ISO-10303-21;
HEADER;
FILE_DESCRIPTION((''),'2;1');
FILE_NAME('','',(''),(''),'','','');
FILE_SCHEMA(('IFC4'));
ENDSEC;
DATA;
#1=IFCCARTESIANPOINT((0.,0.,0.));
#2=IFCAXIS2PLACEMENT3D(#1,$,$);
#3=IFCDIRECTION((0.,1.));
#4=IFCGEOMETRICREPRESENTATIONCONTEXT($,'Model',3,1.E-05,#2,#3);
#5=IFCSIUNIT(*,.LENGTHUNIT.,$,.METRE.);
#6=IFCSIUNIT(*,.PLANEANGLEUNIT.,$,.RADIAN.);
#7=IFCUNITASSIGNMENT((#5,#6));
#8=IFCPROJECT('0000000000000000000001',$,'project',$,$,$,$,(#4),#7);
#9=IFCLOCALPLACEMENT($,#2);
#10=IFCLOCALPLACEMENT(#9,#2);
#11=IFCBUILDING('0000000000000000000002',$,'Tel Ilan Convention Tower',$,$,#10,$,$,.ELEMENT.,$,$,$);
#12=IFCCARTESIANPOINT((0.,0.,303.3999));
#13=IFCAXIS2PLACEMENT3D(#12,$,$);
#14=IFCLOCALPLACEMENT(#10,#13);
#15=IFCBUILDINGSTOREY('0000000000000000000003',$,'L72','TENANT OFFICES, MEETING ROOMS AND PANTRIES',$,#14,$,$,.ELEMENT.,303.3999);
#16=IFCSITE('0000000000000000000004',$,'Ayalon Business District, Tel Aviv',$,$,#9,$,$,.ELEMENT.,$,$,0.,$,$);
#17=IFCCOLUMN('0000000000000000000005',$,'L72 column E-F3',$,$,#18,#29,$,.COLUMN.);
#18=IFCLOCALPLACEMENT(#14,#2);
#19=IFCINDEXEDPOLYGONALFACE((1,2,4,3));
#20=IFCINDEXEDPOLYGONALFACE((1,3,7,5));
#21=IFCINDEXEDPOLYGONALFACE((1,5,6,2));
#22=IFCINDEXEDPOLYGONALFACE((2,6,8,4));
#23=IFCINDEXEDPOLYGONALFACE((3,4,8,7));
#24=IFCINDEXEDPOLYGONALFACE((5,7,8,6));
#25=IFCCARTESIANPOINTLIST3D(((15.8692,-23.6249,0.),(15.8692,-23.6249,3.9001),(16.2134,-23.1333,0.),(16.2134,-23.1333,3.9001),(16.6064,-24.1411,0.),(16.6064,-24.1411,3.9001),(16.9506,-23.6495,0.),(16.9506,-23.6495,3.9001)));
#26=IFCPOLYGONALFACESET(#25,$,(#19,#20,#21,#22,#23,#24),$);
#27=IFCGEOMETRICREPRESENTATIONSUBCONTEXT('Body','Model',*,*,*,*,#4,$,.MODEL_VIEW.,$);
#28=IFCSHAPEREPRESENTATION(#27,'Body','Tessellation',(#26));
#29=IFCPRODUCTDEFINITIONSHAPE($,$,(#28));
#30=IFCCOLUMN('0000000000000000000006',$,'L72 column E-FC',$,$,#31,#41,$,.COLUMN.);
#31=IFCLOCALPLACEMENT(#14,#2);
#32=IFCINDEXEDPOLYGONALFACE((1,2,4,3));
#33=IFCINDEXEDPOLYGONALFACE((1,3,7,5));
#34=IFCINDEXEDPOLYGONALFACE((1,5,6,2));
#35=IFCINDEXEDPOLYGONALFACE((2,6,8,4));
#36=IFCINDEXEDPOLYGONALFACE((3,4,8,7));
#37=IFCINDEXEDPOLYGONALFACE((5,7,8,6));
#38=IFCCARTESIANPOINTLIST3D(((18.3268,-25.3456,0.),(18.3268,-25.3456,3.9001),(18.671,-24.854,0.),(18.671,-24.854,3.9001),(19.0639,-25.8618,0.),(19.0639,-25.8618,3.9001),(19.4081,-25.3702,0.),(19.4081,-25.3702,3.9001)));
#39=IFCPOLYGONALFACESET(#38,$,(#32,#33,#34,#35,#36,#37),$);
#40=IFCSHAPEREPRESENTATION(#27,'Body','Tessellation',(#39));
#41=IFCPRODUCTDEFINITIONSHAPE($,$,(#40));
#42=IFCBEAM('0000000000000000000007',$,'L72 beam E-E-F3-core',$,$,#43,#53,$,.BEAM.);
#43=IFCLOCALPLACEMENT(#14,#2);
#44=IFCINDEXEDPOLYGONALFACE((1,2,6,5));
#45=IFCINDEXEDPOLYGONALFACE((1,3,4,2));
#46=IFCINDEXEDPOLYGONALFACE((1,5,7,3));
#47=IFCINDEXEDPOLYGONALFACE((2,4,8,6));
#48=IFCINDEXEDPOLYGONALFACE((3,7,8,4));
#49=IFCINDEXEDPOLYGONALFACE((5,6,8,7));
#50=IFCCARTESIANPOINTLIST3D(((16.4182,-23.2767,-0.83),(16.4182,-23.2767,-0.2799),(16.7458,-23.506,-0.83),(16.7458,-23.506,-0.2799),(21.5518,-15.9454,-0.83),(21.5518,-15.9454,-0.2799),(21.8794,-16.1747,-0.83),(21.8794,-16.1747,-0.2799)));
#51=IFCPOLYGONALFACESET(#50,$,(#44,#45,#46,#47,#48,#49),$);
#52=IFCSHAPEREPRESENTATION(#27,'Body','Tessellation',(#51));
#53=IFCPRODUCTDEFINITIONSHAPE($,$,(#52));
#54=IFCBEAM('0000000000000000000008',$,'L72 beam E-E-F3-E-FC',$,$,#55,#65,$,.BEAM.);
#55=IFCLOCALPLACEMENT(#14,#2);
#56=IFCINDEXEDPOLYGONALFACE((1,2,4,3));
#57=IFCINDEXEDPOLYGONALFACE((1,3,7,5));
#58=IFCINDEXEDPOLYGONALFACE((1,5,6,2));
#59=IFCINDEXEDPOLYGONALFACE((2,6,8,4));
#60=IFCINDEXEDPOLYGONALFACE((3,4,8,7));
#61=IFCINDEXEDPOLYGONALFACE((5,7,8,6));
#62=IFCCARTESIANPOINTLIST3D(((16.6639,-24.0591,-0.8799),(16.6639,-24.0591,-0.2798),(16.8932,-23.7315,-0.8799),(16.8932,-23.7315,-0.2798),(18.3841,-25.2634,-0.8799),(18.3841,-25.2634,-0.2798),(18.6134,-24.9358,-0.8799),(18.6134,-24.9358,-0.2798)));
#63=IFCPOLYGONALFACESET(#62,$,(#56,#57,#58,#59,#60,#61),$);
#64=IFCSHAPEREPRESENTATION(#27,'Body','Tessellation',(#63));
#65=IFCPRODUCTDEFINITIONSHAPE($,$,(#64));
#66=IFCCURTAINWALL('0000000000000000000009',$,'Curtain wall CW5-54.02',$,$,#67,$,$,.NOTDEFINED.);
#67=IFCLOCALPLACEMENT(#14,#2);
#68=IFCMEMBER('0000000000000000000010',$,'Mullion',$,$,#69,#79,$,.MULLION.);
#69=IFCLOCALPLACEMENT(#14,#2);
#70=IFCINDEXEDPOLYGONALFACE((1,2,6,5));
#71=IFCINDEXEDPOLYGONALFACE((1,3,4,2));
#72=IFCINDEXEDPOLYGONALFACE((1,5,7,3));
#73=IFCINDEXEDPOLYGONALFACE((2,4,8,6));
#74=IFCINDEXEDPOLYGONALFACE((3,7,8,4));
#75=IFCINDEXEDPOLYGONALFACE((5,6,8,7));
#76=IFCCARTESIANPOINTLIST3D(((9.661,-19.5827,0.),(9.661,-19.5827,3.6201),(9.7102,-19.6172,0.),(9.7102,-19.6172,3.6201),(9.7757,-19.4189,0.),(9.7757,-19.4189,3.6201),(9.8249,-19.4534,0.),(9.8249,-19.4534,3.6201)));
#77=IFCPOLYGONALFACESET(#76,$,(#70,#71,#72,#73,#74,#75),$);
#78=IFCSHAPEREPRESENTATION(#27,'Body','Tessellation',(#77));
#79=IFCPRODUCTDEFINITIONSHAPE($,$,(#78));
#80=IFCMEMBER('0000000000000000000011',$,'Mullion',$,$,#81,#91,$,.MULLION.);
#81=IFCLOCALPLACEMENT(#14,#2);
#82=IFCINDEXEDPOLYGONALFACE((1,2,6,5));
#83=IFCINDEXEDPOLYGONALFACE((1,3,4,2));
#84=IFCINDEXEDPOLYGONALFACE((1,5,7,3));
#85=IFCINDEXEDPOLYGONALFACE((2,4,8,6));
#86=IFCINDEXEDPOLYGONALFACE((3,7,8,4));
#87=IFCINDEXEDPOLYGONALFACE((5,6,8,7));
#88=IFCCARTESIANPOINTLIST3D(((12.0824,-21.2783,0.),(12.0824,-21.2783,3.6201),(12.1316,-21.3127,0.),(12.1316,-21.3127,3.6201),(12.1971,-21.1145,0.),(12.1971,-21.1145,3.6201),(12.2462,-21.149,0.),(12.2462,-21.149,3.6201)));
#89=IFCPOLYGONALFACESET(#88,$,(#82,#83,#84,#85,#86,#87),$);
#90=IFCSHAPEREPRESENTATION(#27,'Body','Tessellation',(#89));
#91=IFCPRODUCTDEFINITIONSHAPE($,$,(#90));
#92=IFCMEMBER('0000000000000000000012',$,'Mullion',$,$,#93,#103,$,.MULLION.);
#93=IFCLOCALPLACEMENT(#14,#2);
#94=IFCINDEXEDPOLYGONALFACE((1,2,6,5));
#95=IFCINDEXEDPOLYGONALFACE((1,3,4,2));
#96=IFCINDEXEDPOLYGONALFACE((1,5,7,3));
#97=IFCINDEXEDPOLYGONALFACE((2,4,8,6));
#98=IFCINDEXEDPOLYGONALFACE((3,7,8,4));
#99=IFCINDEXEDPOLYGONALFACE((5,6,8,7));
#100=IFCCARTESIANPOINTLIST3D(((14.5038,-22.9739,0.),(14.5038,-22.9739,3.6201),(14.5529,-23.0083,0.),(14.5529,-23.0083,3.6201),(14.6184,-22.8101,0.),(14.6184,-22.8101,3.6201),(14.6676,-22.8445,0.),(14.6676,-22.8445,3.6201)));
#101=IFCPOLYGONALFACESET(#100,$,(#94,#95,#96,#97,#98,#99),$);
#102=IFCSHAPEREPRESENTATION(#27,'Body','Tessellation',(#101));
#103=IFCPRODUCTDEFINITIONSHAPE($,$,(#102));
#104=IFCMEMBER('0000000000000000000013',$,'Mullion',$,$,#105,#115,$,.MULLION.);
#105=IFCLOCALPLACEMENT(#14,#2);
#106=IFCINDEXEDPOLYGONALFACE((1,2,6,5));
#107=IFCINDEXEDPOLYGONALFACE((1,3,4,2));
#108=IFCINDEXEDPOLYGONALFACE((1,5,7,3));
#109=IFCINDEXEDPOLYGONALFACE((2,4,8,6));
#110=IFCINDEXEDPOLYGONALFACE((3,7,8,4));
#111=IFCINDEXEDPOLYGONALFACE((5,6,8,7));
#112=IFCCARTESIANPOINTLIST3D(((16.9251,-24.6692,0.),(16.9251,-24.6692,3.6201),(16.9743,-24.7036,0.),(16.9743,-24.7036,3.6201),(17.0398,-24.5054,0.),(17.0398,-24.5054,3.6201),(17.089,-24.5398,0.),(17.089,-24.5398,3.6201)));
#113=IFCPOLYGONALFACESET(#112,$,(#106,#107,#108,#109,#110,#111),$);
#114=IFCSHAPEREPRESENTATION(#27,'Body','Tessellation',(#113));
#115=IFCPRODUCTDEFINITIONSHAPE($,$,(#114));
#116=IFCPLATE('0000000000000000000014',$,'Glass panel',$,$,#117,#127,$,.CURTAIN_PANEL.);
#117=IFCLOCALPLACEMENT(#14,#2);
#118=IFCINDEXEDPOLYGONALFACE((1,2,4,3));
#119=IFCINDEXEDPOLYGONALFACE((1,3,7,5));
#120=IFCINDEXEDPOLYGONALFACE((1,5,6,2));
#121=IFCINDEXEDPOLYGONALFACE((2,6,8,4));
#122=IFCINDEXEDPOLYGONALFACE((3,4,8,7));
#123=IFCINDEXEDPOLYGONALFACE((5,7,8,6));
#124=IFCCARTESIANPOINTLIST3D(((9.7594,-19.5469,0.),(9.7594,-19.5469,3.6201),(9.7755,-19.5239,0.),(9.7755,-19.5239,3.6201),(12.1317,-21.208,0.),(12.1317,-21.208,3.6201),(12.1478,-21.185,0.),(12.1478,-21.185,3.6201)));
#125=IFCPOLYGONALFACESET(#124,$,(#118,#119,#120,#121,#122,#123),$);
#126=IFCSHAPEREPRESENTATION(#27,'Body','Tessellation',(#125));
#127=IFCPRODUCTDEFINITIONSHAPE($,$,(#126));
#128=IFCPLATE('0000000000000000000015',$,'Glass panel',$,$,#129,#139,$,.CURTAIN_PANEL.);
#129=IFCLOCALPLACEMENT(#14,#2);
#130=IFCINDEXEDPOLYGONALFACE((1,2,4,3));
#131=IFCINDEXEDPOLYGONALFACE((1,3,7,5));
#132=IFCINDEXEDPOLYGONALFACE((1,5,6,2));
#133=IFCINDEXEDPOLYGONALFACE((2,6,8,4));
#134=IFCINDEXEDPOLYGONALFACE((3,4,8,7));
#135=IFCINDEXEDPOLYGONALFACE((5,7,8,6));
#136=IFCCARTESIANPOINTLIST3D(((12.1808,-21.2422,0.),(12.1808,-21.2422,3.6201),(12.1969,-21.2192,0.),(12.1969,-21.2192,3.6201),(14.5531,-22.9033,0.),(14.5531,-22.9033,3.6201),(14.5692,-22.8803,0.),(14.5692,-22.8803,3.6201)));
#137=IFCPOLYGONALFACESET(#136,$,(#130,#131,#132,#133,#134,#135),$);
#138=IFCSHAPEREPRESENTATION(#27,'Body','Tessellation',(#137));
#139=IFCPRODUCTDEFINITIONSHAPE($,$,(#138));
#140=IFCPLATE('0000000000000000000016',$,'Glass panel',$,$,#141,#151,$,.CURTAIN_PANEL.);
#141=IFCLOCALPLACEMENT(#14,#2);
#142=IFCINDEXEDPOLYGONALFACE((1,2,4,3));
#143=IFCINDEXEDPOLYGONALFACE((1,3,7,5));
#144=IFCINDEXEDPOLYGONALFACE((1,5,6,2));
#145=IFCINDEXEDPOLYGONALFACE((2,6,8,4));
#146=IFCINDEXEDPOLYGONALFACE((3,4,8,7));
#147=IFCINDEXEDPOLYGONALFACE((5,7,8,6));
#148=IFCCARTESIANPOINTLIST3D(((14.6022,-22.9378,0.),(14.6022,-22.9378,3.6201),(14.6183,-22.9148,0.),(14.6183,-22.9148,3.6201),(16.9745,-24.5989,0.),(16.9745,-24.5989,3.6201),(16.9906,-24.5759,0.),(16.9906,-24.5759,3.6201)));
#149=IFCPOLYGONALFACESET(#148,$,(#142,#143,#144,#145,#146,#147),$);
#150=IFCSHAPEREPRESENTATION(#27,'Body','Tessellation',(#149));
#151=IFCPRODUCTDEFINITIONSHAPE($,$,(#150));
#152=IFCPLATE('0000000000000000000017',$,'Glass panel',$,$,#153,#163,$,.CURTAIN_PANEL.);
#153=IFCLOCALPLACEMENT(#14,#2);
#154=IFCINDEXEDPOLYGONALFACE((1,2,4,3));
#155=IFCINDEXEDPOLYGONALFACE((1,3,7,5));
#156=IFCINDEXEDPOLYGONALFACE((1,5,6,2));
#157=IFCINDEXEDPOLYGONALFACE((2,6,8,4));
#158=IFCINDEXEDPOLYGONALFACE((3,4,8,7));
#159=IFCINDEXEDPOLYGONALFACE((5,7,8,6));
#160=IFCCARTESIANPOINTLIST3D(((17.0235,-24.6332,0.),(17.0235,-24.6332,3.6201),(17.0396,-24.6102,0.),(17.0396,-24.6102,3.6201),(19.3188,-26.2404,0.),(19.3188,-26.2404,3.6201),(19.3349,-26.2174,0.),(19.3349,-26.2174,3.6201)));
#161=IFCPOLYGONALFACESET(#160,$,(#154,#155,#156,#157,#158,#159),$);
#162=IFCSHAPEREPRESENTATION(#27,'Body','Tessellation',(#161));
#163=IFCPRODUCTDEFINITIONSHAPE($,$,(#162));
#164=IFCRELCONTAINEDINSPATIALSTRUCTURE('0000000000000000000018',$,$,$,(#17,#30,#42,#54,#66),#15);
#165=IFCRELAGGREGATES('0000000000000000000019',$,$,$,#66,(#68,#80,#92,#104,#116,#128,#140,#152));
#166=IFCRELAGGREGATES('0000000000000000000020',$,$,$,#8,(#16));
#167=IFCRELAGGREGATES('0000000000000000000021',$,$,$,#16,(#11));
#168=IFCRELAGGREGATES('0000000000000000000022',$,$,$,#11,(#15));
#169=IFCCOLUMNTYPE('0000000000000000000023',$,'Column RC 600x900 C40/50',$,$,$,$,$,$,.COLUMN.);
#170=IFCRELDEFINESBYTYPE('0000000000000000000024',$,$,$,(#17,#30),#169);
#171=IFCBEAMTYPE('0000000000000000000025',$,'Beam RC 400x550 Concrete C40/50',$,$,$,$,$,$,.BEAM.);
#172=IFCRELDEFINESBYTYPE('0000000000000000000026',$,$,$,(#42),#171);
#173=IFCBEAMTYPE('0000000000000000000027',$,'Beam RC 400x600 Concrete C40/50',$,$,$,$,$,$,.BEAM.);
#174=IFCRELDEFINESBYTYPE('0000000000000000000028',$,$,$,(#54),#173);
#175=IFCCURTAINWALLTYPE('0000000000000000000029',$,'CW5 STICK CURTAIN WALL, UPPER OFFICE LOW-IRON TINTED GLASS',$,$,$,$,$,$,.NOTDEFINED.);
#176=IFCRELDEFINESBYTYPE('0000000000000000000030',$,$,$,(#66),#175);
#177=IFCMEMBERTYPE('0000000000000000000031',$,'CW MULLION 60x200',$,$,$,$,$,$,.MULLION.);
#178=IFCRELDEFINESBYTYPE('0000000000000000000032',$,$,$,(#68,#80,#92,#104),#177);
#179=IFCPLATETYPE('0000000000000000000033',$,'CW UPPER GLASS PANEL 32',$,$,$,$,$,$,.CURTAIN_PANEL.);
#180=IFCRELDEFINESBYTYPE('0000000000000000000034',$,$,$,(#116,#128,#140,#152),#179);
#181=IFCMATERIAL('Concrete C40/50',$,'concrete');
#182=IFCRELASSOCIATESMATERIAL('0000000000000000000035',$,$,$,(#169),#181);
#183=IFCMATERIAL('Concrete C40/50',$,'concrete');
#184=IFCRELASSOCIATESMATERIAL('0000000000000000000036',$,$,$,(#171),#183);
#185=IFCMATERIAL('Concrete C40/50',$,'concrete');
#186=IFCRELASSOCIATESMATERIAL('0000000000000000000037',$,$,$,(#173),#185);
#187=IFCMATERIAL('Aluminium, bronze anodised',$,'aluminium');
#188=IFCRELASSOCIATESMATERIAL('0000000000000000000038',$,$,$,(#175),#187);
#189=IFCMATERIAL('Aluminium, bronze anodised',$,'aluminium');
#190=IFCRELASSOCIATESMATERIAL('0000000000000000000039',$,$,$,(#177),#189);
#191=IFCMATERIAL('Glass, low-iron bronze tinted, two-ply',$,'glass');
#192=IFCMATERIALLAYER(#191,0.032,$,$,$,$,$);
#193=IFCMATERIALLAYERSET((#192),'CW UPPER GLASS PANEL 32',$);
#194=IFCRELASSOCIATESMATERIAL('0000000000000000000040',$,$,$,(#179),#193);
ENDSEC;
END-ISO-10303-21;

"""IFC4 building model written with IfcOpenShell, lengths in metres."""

from ifc_helpers import new_model, si_unit, direction, frame, origin, origin_2d, place, context, subcontext, project, spatial, rectangle, extrude, material, layer, layer_set, material_profile, profile_set, type_object, element, aggregate, save


model = new_model("IFC4")

# Units and contexts
model_context = context("Model", 3, precision=1e-05, world=origin(), true_north=direction((0.0, 1.0)))
body_context = subcontext(model_context, "Body", "Model", "MODEL_VIEW")
ifc_project = project(units=[si_unit("LENGTHUNIT", "METRE"), si_unit("PLANEANGLEUNIT", "RADIAN")], contexts=[model_context])

# Site, building, storey
site_placement = place(None, origin())
site = spatial("IfcSite", under=ifc_project, at=site_placement, Name="Ayalon Business District, Tel Aviv", CompositionType="ELEMENT", RefElevation=0.0)
building_placement = place(site_placement, origin())
building = spatial("IfcBuilding", under=site, at=building_placement, Name="Tel Ilan Convention Tower", CompositionType="ELEMENT")
storey_placement = place(building_placement, frame((0.0, 0.0, 303.3999)))
storey = spatial("IfcBuildingStorey", under=building, at=storey_placement, Name="L72", Description="TENANT OFFICES, MEETING ROOMS AND PANTRIES", CompositionType="ELEMENT", Elevation=303.3999)

# Columns
ifc_material_1 = material(Name="Concrete C40/50", Category="concrete")
ifc_material_profile_1 = material_profile(ifc_material_1, rectangle(XDim=0.8999, YDim=0.6001, at=origin_2d()), Name="RC 600x900")
ifc_profile_set_1 = profile_set([ifc_material_profile_1], Name="Concrete C40/50")
column_type = type_object("IfcColumnType", Name="Column RC 600x900 C40/50", PredefinedType="COLUMN", material=ifc_profile_set_1)
for number, where, z_axis, x_axis, name in (
    (1, (16.4099, -23.6372, 0.0), (0.0, 0.0, 1.0), (0.819152, -0.573576, 0.0), "L72 column E-F3"),
    (2, (18.8674, -25.3579, 0.0), (0.0, 0.0, 1.0), (0.819152, -0.573576, 0.0), "L72 column E-FC"),
):
    element("IfcColumn", number, at=place(storey_placement, frame(where, z_axis=z_axis, x_axis=x_axis)), inside=storey, type_object=column_type, Name=name, PredefinedType="COLUMN", context=body_context, shape_type="SweptSolid", body=[
        extrude(rectangle(XDim=0.8999, YDim=0.6001, at=origin_2d()), origin(), (0.0, 0.0, 1.0), 3.9001),
    ])

# Beams
ifc_material_2 = material(Name="Concrete C40/50", Category="concrete")
ifc_material_profile_2 = material_profile(ifc_material_2, rectangle(XDim=0.3999, YDim=0.55, at=origin_2d()), Name="RC 400x550")
ifc_profile_set_2 = profile_set([ifc_material_profile_2], Name="Concrete C40/50")
beam_type_1 = type_object("IfcBeamType", Name="Beam RC 400x550 Concrete C40/50", PredefinedType="BEAM", material=ifc_profile_set_2)
beam_1_placement = place(storey_placement, frame((16.582, -23.3914, -0.5549), z_axis=(0.573585, 0.819146, 0.0), x_axis=(-0.819146, 0.573585, 0.0)))
element("IfcBeam", 3, at=beam_1_placement, inside=storey, type_object=beam_type_1, Name="L72 beam E-E-F3-core", PredefinedType="BEAM", context=body_context, shape_type="SweptSolid", body=[
    extrude(rectangle(XDim=0.3999, YDim=0.55, at=origin_2d()), origin(), (0.0, 0.0, 1.0), 8.95),
])
ifc_material_3 = material(Name="Concrete C40/50", Category="concrete")
ifc_material_profile_3 = material_profile(ifc_material_3, rectangle(XDim=0.3999, YDim=0.6001, at=origin_2d()), Name="RC 400x600")
ifc_profile_set_3 = profile_set([ifc_material_profile_3], Name="Concrete C40/50")
beam_type_2 = type_object("IfcBeamType", Name="Beam RC 400x600 Concrete C40/50", PredefinedType="BEAM", material=ifc_profile_set_3)
beam_2_placement = place(storey_placement, frame((16.7786, -23.8953, -0.5798), z_axis=(0.819188, -0.573525, 0.0), x_axis=(0.573525, 0.819188, 0.0)))
element("IfcBeam", 4, at=beam_2_placement, inside=storey, type_object=beam_type_2, Name="L72 beam E-E-F3-E-FC", PredefinedType="BEAM", context=body_context, shape_type="SweptSolid", body=[
    extrude(rectangle(XDim=0.3999, YDim=0.6001, at=origin_2d()), origin(), (0.0, 0.0, 1.0), 2.0999),
])

# Curtain wall, members, plates
ifc_material_4 = material(Name="Aluminium, bronze anodised", Category="aluminium")
curtain_wall_type = type_object("IfcCurtainWallType", Name="CW5 STICK CURTAIN WALL, UPPER OFFICE LOW-IRON TINTED GLASS", PredefinedType="NOTDEFINED", material=ifc_material_4)
curtain_wall_placement = place(storey_placement, origin())
curtain_wall = element("IfcCurtainWall", 5, at=curtain_wall_placement, inside=storey, type_object=curtain_wall_type, Name="Curtain wall CW5-54.02", PredefinedType="NOTDEFINED")
ifc_material_5 = material(Name="Aluminium, bronze anodised", Category="aluminium")
ifc_material_profile_4 = material_profile(ifc_material_5, rectangle(XDim=0.0601, YDim=0.2, at=origin_2d()), Name="CW MULLION 60x200")
ifc_profile_set_4 = profile_set([ifc_material_profile_4], Name="Aluminium, bronze anodised")
member_type = type_object("IfcMemberType", Name="CW MULLION 60x200", PredefinedType="MULLION", material=ifc_profile_set_4)
member_1_placement = place(storey_placement, frame((9.7429, -19.5181, 0.0), z_axis=(0.0, 0.0, 1.0), x_axis=(0.819152, -0.573576, 0.0)))
member_1 = element("IfcMember", 6, at=member_1_placement, type_object=member_type, Name="Mullion", PredefinedType="MULLION", context=body_context, shape_type="SweptSolid", body=[
    extrude(rectangle(XDim=0.0601, YDim=0.2, at=origin_2d()), origin(), (0.0, 0.0, 1.0), 3.6201),
])
member_2_placement = place(storey_placement, frame((12.1643, -21.2136, 0.0), z_axis=(0.0, 0.0, 1.0), x_axis=(0.819152, -0.573576, 0.0)))
member_2 = element("IfcMember", 7, at=member_2_placement, type_object=member_type, Name="Mullion", PredefinedType="MULLION", context=body_context, shape_type="SweptSolid", body=[
    extrude(rectangle(XDim=0.0601, YDim=0.2, at=origin_2d()), origin(), (0.0, 0.0, 1.0), 3.6201),
])
member_3_placement = place(storey_placement, frame((14.5857, -22.9092, 0.0), z_axis=(0.0, 0.0, 1.0), x_axis=(0.819152, -0.573576, 0.0)))
member_3 = element("IfcMember", 8, at=member_3_placement, type_object=member_type, Name="Mullion", PredefinedType="MULLION", context=body_context, shape_type="SweptSolid", body=[
    extrude(rectangle(XDim=0.0601, YDim=0.2, at=origin_2d()), origin(), (0.0, 0.0, 1.0), 3.6201),
])
member_4_placement = place(storey_placement, frame((17.0071, -24.6045, 0.0), z_axis=(0.0, 0.0, 1.0), x_axis=(0.819152, -0.573576, 0.0)))
member_4 = element("IfcMember", 9, at=member_4_placement, type_object=member_type, Name="Mullion", PredefinedType="MULLION", context=body_context, shape_type="SweptSolid", body=[
    extrude(rectangle(XDim=0.0601, YDim=0.2, at=origin_2d()), origin(), (0.0, 0.0, 1.0), 3.6201),
])
ifc_material_6 = material(Name="Glass, low-iron bronze tinted, two-ply", Category="glass")
ifc_layer_1 = layer(ifc_material_6, 0.032)
ifc_layer_set_1 = layer_set([ifc_layer_1], Name="CW UPPER GLASS PANEL 32")
plate_type = type_object("IfcPlateType", Name="CW UPPER GLASS PANEL 32", PredefinedType="CURTAIN_PANEL", material=ifc_layer_set_1)
plate_1_placement = place(storey_placement, frame((10.9536, -20.366, 0.0), z_axis=(0.0, 0.0, 1.0), x_axis=(0.819152, -0.573576, 0.0)))
plate_1 = element("IfcPlate", 10, at=plate_1_placement, type_object=plate_type, Name="Glass panel", PredefinedType="CURTAIN_PANEL", context=body_context, shape_type="SweptSolid", body=[
    extrude(rectangle(XDim=2.896, YDim=0.0281, at=origin_2d()), origin(), (0.0, 0.0, 1.0), 3.6201),
])
plate_2_placement = place(storey_placement, frame((13.375, -22.0613, 0.0), z_axis=(0.0, 0.0, 1.0), x_axis=(0.819152, -0.573576, 0.0)))
plate_2 = element("IfcPlate", 11, at=plate_2_placement, type_object=plate_type, Name="Glass panel", PredefinedType="CURTAIN_PANEL", context=body_context, shape_type="SweptSolid", body=[
    extrude(rectangle(XDim=2.896, YDim=0.0281, at=origin_2d()), origin(), (0.0, 0.0, 1.0), 3.6201),
])
plate_3_placement = place(storey_placement, frame((15.7964, -23.7568, 0.0), z_axis=(0.0, 0.0, 1.0), x_axis=(0.819152, -0.573576, 0.0)))
plate_3 = element("IfcPlate", 12, at=plate_3_placement, type_object=plate_type, Name="Glass panel", PredefinedType="CURTAIN_PANEL", context=body_context, shape_type="SweptSolid", body=[
    extrude(rectangle(XDim=2.896, YDim=0.0281, at=origin_2d()), origin(), (0.0, 0.0, 1.0), 3.6201),
])
plate_4_placement = place(storey_placement, frame((18.1792, -25.4253, 0.0), z_axis=(0.0, 0.0, 1.0), x_axis=(0.819152, -0.573576, 0.0)))
plate_4 = element("IfcPlate", 13, at=plate_4_placement, type_object=plate_type, Name="Glass panel", PredefinedType="CURTAIN_PANEL", context=body_context, shape_type="SweptSolid", body=[
    extrude(rectangle(XDim=2.802, YDim=0.0281, at=origin_2d()), origin(), (0.0, 0.0, 1.0), 3.6201),
])
aggregate(curtain_wall, [member_1, member_2, member_3, member_4, plate_1, plate_2, plate_3, plate_4])

save(model, "model.ifc")
